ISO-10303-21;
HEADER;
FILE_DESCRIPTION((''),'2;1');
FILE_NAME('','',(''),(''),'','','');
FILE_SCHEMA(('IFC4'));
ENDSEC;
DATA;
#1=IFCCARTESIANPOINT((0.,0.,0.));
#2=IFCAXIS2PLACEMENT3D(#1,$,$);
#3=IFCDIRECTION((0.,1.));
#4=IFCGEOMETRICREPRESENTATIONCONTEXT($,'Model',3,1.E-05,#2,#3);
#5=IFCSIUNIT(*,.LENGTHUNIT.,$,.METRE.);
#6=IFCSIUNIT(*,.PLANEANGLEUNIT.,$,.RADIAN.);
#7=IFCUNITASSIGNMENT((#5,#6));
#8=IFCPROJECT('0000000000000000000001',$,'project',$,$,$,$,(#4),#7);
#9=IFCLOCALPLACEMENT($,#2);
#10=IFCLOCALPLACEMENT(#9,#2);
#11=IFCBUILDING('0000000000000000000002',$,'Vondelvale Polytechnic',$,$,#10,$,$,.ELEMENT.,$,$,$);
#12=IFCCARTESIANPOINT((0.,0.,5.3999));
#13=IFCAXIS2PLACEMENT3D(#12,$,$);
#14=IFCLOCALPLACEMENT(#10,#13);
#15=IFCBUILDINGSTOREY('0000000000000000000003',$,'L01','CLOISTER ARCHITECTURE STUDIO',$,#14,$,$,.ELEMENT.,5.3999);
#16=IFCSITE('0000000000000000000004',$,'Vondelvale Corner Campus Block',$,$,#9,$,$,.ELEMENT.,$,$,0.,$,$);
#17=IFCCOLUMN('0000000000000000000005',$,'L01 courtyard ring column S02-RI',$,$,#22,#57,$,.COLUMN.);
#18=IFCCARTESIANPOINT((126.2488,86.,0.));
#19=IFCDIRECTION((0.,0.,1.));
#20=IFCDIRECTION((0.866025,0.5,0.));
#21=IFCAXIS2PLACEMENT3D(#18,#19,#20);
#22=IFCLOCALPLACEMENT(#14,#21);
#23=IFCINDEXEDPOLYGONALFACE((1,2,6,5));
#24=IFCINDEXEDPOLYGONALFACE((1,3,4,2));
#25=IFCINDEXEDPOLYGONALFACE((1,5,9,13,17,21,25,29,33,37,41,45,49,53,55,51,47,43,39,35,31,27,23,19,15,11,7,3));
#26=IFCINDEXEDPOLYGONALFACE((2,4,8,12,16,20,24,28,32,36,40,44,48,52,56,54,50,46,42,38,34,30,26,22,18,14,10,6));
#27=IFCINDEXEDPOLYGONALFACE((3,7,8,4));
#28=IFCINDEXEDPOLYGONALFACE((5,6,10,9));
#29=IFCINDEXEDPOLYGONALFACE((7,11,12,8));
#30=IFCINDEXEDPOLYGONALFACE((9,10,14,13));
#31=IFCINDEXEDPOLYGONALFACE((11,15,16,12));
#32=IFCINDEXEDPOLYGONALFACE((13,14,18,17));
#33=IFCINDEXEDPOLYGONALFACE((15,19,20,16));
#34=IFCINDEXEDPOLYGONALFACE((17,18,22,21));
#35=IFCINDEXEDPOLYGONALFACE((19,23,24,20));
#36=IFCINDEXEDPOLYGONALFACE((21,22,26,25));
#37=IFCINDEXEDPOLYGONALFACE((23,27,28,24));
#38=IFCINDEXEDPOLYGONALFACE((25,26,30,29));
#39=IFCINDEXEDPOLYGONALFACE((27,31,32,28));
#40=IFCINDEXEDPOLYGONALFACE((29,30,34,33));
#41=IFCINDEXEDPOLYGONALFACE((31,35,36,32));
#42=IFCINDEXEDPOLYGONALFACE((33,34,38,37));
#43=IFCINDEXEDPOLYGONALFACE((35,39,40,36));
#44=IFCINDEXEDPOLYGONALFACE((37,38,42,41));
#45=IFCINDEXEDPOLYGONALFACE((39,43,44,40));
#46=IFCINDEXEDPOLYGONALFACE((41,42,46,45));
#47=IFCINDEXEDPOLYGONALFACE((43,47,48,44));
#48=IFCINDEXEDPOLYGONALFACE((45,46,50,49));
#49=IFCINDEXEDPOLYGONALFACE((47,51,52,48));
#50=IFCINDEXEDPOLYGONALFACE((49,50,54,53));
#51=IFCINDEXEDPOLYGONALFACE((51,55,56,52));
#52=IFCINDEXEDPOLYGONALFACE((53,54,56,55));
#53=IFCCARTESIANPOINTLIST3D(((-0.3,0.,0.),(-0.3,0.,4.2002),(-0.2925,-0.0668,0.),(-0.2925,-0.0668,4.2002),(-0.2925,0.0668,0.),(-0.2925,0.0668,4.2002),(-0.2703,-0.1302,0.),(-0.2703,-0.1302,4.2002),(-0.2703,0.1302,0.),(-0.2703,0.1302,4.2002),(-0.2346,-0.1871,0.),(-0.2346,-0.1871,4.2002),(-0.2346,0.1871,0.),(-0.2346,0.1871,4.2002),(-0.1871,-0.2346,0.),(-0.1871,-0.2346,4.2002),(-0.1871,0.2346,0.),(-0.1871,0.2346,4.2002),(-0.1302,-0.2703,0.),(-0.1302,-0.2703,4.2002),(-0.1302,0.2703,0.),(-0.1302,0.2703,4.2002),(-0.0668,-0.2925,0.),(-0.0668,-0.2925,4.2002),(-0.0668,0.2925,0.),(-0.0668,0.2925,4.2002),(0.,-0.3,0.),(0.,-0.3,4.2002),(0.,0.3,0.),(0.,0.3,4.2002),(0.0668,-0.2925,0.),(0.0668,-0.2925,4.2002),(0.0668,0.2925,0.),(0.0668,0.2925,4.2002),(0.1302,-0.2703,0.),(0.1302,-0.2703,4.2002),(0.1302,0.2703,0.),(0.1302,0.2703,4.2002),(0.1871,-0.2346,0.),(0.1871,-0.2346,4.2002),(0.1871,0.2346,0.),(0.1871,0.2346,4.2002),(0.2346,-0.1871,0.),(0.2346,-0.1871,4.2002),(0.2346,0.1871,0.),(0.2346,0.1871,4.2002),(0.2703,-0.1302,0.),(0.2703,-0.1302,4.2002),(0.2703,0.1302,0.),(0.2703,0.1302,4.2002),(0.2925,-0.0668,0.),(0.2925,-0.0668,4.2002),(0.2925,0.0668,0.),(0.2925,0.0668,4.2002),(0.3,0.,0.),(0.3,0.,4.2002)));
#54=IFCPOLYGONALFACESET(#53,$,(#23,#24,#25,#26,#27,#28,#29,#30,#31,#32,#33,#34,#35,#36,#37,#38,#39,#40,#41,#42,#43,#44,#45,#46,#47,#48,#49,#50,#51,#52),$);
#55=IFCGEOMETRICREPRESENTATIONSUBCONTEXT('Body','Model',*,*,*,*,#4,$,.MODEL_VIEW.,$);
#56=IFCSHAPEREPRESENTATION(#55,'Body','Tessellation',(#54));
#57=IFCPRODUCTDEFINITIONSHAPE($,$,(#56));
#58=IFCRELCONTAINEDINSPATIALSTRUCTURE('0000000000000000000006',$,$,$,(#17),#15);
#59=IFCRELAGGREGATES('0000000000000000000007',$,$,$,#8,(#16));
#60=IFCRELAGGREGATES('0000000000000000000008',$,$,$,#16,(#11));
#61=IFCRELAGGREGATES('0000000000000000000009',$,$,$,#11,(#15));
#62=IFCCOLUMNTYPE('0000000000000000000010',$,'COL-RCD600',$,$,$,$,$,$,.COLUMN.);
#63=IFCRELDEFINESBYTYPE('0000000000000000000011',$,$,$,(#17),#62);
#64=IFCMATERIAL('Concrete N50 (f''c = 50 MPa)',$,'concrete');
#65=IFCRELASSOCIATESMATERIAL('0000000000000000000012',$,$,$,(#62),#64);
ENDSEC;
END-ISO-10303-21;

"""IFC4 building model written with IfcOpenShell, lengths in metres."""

from ifc_helpers import new_model, si_unit, direction, frame, origin, origin_2d, place, context, subcontext, project, spatial, circle, extrude, material, material_profile, profile_set, type_object, element, save


model = new_model("IFC4")

# Units and contexts
model_context = context("Model", 3, precision=1e-05, world=origin(), true_north=direction((0.0, 1.0)))
body_context = subcontext(model_context, "Body", "Model", "MODEL_VIEW")
ifc_project = project(units=[si_unit("LENGTHUNIT", "METRE"), si_unit("PLANEANGLEUNIT", "RADIAN")], contexts=[model_context])

# Site, building, storey
site_placement = place(None, origin())
site = spatial("IfcSite", under=ifc_project, at=site_placement, Name="Vondelvale Corner Campus Block", CompositionType="ELEMENT", RefElevation=0.0)
building_placement = place(site_placement, origin())
building = spatial("IfcBuilding", under=site, at=building_placement, Name="Vondelvale Polytechnic", CompositionType="ELEMENT")
storey_placement = place(building_placement, frame((0.0, 0.0, 5.3999)))
storey = spatial("IfcBuildingStorey", under=building, at=storey_placement, Name="L01", Description="CLOISTER ARCHITECTURE STUDIO", CompositionType="ELEMENT", Elevation=5.3999)

# Column
ifc_material_1 = material(Name="Concrete N50 (f'c = 50 MPa)", Category="concrete")
ifc_material_profile_1 = material_profile(ifc_material_1, circle(Radius=0.3, at=origin_2d()), Name="RC-COL-D600")
ifc_profile_set_1 = profile_set([ifc_material_profile_1], Name="Concrete N50 (f'c = 50 MPa)")
column_type = type_object("IfcColumnType", Name="COL-RCD600", PredefinedType="COLUMN", material=ifc_profile_set_1)
column_placement = place(storey_placement, frame((126.2488, 86.0, 0.0), z_axis=(0.0, 0.0, 1.0), x_axis=(0.866025, 0.5, 0.0)))
element("IfcColumn", 1, at=column_placement, inside=storey, type_object=column_type, Name="L01 courtyard ring column S02-RI", PredefinedType="COLUMN", context=body_context, shape_type="SweptSolid", body=[
    extrude(circle(Radius=0.3, at=origin_2d()), origin(), (0.0, 0.0, 1.0), 4.2002),
])

save(model, "model.ifc")
